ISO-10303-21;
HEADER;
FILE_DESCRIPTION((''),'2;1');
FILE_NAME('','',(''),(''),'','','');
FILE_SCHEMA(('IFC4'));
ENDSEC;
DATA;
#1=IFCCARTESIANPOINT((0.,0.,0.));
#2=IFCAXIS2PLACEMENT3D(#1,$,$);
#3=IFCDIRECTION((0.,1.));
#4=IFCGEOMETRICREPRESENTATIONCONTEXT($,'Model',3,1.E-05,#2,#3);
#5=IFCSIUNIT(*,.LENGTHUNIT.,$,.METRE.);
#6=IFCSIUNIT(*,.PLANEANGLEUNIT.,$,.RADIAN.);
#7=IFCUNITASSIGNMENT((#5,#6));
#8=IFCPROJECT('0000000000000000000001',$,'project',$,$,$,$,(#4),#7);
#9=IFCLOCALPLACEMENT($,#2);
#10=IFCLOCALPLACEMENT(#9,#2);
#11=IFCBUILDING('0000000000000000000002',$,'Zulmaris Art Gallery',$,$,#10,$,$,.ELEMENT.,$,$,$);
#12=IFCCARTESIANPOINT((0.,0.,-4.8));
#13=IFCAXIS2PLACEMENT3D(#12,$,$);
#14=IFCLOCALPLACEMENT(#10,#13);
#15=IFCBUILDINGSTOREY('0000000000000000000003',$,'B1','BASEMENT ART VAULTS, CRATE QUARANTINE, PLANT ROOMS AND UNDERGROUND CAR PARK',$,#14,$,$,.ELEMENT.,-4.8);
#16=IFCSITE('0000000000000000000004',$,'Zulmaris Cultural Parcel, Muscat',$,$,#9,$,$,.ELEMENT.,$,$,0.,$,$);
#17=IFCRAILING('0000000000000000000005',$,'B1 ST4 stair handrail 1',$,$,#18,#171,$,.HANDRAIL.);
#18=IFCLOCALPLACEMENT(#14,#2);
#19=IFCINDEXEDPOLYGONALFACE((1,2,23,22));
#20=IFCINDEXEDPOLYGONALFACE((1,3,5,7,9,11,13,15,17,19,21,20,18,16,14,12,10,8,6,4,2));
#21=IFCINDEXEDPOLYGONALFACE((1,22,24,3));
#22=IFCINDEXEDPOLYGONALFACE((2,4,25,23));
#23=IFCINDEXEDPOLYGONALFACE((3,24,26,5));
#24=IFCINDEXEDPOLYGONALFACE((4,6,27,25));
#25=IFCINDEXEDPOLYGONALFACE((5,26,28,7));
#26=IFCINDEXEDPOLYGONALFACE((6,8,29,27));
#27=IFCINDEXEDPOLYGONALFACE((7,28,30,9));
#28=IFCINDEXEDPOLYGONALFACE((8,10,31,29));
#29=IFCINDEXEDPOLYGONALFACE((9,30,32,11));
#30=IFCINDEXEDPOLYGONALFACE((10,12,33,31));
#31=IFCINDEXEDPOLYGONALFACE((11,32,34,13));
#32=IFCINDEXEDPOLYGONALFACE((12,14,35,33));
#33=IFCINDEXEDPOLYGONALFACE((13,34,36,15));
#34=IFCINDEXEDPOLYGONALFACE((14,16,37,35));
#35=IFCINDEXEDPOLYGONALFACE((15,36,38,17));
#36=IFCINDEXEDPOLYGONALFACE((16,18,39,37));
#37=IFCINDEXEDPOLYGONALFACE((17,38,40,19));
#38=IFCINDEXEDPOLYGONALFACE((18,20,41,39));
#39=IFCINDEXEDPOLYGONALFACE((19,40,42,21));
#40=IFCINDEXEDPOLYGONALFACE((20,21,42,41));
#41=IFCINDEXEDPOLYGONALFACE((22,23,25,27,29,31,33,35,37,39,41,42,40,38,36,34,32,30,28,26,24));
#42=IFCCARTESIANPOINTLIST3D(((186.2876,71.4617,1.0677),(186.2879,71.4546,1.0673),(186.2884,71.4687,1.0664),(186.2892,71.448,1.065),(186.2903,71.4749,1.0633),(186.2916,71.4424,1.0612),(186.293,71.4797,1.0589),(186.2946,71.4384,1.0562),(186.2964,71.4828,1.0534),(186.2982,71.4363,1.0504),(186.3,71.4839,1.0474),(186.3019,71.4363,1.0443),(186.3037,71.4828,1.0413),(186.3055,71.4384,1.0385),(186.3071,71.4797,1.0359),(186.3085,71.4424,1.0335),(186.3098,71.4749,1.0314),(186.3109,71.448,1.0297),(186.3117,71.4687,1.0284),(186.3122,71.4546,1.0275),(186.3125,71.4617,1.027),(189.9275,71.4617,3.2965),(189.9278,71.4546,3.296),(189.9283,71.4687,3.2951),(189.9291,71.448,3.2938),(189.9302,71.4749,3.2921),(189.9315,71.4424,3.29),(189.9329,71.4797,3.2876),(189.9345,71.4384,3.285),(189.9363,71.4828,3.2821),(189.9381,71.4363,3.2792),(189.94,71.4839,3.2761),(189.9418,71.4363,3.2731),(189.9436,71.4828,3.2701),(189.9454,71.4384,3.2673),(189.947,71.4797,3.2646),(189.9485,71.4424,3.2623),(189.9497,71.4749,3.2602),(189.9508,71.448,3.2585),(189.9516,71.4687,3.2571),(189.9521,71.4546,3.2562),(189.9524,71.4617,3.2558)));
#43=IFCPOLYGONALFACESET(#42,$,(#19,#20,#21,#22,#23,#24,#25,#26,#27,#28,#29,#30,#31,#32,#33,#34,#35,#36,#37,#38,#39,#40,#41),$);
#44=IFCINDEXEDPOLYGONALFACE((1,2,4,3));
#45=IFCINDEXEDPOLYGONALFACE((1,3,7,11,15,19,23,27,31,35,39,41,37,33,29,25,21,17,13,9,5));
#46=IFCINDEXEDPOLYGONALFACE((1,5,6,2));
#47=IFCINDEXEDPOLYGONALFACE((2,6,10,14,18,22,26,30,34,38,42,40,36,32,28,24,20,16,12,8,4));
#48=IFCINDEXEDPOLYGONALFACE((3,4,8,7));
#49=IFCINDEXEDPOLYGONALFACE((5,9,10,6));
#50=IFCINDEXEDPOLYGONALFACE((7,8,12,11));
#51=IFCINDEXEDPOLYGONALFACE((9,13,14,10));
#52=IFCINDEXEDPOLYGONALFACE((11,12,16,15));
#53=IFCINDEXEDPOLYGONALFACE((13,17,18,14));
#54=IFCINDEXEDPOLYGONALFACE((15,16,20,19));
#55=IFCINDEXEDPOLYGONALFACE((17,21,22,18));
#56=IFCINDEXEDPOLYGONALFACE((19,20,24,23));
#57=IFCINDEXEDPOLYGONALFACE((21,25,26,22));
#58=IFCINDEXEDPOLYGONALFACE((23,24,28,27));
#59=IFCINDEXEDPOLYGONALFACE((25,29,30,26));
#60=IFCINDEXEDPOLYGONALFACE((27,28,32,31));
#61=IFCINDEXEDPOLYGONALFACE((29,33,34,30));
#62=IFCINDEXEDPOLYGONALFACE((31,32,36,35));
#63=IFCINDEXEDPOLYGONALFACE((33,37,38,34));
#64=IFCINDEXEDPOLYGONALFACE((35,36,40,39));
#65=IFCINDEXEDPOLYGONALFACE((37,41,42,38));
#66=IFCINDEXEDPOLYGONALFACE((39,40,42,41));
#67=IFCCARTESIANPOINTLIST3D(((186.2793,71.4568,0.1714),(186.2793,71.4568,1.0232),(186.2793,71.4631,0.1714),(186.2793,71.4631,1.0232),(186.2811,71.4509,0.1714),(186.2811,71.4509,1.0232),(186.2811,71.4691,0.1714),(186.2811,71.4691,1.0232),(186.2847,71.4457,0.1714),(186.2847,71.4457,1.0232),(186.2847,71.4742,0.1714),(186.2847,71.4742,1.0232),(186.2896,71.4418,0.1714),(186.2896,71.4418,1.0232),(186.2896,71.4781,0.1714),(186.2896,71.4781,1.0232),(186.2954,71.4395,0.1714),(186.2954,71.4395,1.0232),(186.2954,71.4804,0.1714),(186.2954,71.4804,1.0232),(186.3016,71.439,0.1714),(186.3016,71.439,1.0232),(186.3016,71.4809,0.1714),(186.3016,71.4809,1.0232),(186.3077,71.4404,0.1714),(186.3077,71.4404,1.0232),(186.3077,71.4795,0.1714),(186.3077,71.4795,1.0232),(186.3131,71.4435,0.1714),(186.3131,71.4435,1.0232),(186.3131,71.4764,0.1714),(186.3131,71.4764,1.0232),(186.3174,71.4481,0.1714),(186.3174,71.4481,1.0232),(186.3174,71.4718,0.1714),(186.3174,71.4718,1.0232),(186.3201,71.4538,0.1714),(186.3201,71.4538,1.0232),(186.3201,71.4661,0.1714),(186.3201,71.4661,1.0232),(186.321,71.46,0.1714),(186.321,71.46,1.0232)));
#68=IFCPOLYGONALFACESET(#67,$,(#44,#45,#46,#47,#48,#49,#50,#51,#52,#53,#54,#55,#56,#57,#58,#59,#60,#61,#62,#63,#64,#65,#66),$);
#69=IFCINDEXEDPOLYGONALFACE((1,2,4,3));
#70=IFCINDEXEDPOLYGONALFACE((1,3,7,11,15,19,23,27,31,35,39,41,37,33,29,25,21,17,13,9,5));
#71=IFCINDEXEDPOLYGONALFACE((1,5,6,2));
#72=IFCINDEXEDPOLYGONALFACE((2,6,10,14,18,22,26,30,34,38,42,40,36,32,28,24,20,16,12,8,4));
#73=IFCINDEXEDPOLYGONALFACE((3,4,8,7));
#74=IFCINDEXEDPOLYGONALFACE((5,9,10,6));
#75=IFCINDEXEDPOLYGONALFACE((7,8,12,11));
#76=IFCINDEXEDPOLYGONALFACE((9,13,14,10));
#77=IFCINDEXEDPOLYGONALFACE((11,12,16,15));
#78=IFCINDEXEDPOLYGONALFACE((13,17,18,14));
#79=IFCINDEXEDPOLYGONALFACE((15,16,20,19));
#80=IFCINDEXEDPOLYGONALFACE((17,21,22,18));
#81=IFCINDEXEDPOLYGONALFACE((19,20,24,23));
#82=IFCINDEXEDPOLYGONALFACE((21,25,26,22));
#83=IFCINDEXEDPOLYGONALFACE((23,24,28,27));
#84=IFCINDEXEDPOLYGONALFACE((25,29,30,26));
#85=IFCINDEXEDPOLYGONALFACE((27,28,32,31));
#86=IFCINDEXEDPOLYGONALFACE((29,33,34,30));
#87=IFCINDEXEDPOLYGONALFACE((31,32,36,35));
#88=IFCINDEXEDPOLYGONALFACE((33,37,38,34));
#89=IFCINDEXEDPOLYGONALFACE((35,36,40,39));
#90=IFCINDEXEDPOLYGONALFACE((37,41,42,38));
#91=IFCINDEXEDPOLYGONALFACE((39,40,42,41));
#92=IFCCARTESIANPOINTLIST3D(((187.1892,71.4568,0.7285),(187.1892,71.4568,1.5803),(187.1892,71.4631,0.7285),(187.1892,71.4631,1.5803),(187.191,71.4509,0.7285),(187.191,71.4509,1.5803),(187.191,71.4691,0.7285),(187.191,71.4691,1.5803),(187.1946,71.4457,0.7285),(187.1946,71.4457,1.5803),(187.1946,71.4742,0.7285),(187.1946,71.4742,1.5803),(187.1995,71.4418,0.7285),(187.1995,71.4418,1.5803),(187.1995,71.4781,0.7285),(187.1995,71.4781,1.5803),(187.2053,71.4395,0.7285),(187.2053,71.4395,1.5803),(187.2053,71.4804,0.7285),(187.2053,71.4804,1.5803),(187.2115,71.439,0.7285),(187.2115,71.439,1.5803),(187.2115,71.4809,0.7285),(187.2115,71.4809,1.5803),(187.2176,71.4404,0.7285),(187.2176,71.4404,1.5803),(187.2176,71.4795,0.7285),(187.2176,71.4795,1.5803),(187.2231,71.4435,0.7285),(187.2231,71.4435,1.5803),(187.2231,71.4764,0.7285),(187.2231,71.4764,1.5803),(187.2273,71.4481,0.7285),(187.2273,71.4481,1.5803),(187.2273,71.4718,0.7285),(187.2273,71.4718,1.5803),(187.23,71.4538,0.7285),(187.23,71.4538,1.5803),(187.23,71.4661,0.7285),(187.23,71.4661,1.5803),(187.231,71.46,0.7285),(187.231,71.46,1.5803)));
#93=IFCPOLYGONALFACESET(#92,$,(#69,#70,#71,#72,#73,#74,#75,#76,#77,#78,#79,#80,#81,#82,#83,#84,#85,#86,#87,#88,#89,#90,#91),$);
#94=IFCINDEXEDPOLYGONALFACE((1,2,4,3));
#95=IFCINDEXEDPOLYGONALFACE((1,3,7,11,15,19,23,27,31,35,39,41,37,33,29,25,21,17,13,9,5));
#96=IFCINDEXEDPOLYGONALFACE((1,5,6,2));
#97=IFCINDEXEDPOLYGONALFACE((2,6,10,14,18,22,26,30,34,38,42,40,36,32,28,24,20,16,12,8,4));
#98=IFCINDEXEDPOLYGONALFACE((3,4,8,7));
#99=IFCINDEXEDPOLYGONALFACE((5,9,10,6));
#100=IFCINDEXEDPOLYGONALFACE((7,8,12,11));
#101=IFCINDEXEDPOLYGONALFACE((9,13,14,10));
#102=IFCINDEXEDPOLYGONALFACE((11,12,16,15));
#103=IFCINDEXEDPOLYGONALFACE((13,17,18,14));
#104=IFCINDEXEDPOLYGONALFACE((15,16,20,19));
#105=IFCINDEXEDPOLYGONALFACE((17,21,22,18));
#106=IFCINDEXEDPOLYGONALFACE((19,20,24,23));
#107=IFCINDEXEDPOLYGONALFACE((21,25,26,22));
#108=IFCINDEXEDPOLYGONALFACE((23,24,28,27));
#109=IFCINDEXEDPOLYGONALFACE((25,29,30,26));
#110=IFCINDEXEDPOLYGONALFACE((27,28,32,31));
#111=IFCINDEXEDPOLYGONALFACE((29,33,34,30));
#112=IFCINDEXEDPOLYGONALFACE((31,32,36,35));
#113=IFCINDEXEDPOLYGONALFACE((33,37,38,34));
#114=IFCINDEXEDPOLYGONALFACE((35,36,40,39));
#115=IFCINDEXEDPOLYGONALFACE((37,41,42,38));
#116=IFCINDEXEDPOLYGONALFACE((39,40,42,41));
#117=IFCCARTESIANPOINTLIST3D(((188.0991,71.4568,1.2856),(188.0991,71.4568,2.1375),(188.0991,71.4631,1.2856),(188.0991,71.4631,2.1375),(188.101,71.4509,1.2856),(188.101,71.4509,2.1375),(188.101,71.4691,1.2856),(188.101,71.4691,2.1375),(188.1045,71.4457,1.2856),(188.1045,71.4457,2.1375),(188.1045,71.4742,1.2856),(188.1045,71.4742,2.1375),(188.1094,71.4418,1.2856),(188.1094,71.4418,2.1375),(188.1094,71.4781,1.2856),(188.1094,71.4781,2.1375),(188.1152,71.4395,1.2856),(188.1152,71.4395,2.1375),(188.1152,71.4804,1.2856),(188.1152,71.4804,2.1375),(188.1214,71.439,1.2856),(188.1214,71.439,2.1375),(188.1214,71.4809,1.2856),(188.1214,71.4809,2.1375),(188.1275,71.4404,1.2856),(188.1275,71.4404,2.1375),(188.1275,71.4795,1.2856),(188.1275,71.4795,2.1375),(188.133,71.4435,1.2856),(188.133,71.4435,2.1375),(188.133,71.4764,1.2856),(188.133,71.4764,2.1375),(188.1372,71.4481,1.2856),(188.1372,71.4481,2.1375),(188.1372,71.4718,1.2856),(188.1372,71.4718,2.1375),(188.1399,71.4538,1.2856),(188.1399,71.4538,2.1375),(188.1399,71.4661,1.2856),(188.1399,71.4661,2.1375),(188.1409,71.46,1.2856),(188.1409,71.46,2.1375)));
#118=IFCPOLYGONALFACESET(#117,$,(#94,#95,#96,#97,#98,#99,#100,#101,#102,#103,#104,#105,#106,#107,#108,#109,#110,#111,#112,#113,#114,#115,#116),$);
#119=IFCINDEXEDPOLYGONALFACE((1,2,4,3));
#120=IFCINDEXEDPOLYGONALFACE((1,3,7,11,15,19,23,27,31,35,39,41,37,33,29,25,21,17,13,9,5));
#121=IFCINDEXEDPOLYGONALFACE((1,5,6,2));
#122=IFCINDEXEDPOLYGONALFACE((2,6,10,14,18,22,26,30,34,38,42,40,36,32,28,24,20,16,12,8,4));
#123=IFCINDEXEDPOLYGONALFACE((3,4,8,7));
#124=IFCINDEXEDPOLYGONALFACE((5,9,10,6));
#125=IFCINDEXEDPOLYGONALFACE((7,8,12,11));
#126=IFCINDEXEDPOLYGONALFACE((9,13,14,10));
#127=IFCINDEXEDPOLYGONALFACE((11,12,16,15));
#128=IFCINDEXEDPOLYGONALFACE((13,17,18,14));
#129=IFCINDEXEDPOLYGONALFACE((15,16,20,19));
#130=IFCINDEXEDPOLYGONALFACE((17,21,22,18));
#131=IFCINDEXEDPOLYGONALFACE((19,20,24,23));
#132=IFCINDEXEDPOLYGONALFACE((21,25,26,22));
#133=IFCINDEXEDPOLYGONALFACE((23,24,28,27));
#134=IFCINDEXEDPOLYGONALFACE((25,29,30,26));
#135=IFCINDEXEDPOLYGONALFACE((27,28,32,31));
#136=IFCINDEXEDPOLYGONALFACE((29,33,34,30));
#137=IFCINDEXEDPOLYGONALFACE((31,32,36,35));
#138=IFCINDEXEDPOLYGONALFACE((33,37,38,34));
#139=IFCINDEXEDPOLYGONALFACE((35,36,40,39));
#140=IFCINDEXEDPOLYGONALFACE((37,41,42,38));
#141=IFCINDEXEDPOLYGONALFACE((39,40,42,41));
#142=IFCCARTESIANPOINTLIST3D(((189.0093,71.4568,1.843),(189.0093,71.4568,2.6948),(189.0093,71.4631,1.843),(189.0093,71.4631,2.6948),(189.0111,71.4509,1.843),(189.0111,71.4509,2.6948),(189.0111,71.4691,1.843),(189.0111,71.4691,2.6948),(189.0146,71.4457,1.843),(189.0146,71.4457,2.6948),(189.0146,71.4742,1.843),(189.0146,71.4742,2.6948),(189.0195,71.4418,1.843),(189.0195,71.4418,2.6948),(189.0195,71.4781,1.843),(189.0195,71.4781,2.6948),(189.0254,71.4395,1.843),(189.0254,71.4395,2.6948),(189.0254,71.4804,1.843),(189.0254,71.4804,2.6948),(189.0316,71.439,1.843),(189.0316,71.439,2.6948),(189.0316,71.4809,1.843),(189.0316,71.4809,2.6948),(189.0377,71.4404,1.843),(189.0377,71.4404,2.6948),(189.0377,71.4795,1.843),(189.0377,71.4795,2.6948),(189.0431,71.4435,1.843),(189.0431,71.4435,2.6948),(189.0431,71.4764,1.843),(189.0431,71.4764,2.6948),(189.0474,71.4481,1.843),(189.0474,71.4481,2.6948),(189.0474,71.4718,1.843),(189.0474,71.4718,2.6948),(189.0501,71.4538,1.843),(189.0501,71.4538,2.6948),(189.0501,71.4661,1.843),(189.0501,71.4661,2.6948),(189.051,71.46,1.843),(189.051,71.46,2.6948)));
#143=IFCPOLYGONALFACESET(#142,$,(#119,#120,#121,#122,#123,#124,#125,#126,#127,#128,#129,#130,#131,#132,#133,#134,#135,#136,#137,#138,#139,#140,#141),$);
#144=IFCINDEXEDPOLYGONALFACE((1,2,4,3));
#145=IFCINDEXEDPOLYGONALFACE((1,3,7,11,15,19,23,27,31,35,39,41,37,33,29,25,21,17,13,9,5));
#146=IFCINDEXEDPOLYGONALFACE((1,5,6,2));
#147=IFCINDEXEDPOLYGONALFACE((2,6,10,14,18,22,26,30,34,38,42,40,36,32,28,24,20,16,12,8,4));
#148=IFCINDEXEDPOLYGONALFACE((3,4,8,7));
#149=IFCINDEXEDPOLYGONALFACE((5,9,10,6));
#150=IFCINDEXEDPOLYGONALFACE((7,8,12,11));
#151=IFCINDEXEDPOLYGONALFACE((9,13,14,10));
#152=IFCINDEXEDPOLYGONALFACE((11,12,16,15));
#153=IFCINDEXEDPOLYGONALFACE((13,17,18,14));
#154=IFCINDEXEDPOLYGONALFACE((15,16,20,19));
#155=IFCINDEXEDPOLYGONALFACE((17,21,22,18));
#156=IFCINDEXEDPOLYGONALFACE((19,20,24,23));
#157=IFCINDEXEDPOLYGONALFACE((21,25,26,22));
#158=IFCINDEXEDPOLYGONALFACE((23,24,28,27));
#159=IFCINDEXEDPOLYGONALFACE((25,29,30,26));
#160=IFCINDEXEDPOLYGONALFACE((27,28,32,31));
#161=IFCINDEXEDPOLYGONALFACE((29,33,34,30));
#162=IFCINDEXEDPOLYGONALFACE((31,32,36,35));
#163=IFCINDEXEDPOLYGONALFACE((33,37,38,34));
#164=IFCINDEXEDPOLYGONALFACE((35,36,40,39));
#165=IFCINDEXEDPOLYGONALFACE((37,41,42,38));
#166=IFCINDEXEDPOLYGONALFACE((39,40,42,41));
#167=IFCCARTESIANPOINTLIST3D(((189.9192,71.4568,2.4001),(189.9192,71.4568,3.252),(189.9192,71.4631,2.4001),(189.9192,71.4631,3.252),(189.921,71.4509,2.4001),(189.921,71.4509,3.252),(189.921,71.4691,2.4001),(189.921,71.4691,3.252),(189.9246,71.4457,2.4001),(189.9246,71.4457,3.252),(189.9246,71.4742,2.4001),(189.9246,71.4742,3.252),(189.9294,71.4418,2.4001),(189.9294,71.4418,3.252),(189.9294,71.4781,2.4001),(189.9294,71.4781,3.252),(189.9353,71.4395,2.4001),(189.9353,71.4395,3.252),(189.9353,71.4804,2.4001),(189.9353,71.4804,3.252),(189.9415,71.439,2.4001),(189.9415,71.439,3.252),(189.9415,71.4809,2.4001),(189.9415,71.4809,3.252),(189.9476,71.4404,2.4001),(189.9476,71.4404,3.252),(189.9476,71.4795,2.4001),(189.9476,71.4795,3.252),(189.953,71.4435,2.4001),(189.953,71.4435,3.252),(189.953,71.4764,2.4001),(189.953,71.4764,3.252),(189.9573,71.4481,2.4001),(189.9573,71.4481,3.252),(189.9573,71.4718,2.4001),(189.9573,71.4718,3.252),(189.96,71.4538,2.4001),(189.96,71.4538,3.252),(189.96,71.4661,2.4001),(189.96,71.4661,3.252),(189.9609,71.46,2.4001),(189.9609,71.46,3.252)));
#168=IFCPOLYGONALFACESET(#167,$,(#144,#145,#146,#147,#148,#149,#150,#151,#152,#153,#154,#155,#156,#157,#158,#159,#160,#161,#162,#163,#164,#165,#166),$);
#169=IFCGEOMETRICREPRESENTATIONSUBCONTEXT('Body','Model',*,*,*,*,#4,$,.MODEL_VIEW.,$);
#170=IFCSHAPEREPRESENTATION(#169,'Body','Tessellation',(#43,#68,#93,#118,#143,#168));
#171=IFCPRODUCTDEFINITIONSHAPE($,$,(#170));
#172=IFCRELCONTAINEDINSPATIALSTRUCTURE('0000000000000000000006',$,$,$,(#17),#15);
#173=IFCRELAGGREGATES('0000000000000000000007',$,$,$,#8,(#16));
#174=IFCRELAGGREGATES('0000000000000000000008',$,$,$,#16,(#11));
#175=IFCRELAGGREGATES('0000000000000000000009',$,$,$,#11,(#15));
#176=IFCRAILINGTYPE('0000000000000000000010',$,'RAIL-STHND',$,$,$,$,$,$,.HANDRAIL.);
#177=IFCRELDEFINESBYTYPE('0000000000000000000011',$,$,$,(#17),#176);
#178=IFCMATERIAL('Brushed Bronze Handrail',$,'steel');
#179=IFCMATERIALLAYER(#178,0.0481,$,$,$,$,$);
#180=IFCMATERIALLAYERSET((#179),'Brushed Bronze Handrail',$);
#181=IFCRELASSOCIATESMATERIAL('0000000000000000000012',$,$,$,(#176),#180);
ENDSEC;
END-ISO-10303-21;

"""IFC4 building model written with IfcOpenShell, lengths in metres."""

from ifc_helpers import new_model, si_unit, direction, frame, origin, origin_2d, place, context, subcontext, project, spatial, circle, extrude, material, layer, layer_set, type_object, element, save


model = new_model("IFC4")

# Units and contexts
model_context = context("Model", 3, precision=1e-05, world=origin(), true_north=direction((0.0, 1.0)))
body_context = subcontext(model_context, "Body", "Model", "MODEL_VIEW")
ifc_project = project(units=[si_unit("LENGTHUNIT", "METRE"), si_unit("PLANEANGLEUNIT", "RADIAN")], contexts=[model_context])

# Site, building, storey
site_placement = place(None, origin())
site = spatial("IfcSite", under=ifc_project, at=site_placement, Name="Zulmaris Cultural Parcel, Muscat", CompositionType="ELEMENT", RefElevation=0.0)
building_placement = place(site_placement, origin())
building = spatial("IfcBuilding", under=site, at=building_placement, Name="Zulmaris Art Gallery", CompositionType="ELEMENT")
storey_placement = place(building_placement, frame((0.0, 0.0, -4.8)))
storey = spatial("IfcBuildingStorey", under=building, at=storey_placement, Name="B1", Description="BASEMENT ART VAULTS, CRATE QUARANTINE, PLANT ROOMS AND UNDERGROUND CAR PARK", CompositionType="ELEMENT", Elevation=-4.8)

# Railing
ifc_material_1 = material(Name="Brushed Bronze Handrail", Category="steel")
ifc_layer_1 = layer(ifc_material_1, 0.0481)
ifc_layer_set_1 = layer_set([ifc_layer_1], Name="Brushed Bronze Handrail")
railing_type_1 = type_object("IfcRailingType", Name="RAIL-STHND", PredefinedType="HANDRAIL", material=ifc_layer_set_1)
railing_1_placement = place(storey_placement, frame((186.3, 71.46, 0.1714)))
element("IfcRailing", 1, at=railing_1_placement, inside=storey, type_object=railing_type_1, Name="B1 ST4 stair handrail 1", PredefinedType="HANDRAIL", context=body_context, shape_type="SweptSolid", body=[
    extrude(circle(Radius=0.0239, at=origin_2d()), frame((0.0, 0.0, 0.876), z_axis=(0.852825, 0.0, 0.522197), x_axis=(0.0, 1.0, 0.0)), (0.0, 0.0, 1.0), 4.2681),
    extrude(circle(Radius=0.021, at=origin_2d()), origin(), (0.0, 0.0, 1.0), 0.8518),
    extrude(circle(Radius=0.021, at=origin_2d()), frame((0.9099, 0.0, 0.5571)), (0.0, 0.0, 1.0), 0.8518),
    extrude(circle(Radius=0.021, at=origin_2d()), frame((1.8198, 0.0, 1.1143)), (0.0, 0.0, 1.0), 0.8518),
    extrude(circle(Radius=0.021, at=origin_2d()), frame((2.73, 0.0, 1.6716)), (0.0, 0.0, 1.0), 0.8518),
    extrude(circle(Radius=0.021, at=origin_2d()), frame((3.6399, 0.0, 2.2288)), (0.0, 0.0, 1.0), 0.8518),
])

save(model, "model.ifc")
